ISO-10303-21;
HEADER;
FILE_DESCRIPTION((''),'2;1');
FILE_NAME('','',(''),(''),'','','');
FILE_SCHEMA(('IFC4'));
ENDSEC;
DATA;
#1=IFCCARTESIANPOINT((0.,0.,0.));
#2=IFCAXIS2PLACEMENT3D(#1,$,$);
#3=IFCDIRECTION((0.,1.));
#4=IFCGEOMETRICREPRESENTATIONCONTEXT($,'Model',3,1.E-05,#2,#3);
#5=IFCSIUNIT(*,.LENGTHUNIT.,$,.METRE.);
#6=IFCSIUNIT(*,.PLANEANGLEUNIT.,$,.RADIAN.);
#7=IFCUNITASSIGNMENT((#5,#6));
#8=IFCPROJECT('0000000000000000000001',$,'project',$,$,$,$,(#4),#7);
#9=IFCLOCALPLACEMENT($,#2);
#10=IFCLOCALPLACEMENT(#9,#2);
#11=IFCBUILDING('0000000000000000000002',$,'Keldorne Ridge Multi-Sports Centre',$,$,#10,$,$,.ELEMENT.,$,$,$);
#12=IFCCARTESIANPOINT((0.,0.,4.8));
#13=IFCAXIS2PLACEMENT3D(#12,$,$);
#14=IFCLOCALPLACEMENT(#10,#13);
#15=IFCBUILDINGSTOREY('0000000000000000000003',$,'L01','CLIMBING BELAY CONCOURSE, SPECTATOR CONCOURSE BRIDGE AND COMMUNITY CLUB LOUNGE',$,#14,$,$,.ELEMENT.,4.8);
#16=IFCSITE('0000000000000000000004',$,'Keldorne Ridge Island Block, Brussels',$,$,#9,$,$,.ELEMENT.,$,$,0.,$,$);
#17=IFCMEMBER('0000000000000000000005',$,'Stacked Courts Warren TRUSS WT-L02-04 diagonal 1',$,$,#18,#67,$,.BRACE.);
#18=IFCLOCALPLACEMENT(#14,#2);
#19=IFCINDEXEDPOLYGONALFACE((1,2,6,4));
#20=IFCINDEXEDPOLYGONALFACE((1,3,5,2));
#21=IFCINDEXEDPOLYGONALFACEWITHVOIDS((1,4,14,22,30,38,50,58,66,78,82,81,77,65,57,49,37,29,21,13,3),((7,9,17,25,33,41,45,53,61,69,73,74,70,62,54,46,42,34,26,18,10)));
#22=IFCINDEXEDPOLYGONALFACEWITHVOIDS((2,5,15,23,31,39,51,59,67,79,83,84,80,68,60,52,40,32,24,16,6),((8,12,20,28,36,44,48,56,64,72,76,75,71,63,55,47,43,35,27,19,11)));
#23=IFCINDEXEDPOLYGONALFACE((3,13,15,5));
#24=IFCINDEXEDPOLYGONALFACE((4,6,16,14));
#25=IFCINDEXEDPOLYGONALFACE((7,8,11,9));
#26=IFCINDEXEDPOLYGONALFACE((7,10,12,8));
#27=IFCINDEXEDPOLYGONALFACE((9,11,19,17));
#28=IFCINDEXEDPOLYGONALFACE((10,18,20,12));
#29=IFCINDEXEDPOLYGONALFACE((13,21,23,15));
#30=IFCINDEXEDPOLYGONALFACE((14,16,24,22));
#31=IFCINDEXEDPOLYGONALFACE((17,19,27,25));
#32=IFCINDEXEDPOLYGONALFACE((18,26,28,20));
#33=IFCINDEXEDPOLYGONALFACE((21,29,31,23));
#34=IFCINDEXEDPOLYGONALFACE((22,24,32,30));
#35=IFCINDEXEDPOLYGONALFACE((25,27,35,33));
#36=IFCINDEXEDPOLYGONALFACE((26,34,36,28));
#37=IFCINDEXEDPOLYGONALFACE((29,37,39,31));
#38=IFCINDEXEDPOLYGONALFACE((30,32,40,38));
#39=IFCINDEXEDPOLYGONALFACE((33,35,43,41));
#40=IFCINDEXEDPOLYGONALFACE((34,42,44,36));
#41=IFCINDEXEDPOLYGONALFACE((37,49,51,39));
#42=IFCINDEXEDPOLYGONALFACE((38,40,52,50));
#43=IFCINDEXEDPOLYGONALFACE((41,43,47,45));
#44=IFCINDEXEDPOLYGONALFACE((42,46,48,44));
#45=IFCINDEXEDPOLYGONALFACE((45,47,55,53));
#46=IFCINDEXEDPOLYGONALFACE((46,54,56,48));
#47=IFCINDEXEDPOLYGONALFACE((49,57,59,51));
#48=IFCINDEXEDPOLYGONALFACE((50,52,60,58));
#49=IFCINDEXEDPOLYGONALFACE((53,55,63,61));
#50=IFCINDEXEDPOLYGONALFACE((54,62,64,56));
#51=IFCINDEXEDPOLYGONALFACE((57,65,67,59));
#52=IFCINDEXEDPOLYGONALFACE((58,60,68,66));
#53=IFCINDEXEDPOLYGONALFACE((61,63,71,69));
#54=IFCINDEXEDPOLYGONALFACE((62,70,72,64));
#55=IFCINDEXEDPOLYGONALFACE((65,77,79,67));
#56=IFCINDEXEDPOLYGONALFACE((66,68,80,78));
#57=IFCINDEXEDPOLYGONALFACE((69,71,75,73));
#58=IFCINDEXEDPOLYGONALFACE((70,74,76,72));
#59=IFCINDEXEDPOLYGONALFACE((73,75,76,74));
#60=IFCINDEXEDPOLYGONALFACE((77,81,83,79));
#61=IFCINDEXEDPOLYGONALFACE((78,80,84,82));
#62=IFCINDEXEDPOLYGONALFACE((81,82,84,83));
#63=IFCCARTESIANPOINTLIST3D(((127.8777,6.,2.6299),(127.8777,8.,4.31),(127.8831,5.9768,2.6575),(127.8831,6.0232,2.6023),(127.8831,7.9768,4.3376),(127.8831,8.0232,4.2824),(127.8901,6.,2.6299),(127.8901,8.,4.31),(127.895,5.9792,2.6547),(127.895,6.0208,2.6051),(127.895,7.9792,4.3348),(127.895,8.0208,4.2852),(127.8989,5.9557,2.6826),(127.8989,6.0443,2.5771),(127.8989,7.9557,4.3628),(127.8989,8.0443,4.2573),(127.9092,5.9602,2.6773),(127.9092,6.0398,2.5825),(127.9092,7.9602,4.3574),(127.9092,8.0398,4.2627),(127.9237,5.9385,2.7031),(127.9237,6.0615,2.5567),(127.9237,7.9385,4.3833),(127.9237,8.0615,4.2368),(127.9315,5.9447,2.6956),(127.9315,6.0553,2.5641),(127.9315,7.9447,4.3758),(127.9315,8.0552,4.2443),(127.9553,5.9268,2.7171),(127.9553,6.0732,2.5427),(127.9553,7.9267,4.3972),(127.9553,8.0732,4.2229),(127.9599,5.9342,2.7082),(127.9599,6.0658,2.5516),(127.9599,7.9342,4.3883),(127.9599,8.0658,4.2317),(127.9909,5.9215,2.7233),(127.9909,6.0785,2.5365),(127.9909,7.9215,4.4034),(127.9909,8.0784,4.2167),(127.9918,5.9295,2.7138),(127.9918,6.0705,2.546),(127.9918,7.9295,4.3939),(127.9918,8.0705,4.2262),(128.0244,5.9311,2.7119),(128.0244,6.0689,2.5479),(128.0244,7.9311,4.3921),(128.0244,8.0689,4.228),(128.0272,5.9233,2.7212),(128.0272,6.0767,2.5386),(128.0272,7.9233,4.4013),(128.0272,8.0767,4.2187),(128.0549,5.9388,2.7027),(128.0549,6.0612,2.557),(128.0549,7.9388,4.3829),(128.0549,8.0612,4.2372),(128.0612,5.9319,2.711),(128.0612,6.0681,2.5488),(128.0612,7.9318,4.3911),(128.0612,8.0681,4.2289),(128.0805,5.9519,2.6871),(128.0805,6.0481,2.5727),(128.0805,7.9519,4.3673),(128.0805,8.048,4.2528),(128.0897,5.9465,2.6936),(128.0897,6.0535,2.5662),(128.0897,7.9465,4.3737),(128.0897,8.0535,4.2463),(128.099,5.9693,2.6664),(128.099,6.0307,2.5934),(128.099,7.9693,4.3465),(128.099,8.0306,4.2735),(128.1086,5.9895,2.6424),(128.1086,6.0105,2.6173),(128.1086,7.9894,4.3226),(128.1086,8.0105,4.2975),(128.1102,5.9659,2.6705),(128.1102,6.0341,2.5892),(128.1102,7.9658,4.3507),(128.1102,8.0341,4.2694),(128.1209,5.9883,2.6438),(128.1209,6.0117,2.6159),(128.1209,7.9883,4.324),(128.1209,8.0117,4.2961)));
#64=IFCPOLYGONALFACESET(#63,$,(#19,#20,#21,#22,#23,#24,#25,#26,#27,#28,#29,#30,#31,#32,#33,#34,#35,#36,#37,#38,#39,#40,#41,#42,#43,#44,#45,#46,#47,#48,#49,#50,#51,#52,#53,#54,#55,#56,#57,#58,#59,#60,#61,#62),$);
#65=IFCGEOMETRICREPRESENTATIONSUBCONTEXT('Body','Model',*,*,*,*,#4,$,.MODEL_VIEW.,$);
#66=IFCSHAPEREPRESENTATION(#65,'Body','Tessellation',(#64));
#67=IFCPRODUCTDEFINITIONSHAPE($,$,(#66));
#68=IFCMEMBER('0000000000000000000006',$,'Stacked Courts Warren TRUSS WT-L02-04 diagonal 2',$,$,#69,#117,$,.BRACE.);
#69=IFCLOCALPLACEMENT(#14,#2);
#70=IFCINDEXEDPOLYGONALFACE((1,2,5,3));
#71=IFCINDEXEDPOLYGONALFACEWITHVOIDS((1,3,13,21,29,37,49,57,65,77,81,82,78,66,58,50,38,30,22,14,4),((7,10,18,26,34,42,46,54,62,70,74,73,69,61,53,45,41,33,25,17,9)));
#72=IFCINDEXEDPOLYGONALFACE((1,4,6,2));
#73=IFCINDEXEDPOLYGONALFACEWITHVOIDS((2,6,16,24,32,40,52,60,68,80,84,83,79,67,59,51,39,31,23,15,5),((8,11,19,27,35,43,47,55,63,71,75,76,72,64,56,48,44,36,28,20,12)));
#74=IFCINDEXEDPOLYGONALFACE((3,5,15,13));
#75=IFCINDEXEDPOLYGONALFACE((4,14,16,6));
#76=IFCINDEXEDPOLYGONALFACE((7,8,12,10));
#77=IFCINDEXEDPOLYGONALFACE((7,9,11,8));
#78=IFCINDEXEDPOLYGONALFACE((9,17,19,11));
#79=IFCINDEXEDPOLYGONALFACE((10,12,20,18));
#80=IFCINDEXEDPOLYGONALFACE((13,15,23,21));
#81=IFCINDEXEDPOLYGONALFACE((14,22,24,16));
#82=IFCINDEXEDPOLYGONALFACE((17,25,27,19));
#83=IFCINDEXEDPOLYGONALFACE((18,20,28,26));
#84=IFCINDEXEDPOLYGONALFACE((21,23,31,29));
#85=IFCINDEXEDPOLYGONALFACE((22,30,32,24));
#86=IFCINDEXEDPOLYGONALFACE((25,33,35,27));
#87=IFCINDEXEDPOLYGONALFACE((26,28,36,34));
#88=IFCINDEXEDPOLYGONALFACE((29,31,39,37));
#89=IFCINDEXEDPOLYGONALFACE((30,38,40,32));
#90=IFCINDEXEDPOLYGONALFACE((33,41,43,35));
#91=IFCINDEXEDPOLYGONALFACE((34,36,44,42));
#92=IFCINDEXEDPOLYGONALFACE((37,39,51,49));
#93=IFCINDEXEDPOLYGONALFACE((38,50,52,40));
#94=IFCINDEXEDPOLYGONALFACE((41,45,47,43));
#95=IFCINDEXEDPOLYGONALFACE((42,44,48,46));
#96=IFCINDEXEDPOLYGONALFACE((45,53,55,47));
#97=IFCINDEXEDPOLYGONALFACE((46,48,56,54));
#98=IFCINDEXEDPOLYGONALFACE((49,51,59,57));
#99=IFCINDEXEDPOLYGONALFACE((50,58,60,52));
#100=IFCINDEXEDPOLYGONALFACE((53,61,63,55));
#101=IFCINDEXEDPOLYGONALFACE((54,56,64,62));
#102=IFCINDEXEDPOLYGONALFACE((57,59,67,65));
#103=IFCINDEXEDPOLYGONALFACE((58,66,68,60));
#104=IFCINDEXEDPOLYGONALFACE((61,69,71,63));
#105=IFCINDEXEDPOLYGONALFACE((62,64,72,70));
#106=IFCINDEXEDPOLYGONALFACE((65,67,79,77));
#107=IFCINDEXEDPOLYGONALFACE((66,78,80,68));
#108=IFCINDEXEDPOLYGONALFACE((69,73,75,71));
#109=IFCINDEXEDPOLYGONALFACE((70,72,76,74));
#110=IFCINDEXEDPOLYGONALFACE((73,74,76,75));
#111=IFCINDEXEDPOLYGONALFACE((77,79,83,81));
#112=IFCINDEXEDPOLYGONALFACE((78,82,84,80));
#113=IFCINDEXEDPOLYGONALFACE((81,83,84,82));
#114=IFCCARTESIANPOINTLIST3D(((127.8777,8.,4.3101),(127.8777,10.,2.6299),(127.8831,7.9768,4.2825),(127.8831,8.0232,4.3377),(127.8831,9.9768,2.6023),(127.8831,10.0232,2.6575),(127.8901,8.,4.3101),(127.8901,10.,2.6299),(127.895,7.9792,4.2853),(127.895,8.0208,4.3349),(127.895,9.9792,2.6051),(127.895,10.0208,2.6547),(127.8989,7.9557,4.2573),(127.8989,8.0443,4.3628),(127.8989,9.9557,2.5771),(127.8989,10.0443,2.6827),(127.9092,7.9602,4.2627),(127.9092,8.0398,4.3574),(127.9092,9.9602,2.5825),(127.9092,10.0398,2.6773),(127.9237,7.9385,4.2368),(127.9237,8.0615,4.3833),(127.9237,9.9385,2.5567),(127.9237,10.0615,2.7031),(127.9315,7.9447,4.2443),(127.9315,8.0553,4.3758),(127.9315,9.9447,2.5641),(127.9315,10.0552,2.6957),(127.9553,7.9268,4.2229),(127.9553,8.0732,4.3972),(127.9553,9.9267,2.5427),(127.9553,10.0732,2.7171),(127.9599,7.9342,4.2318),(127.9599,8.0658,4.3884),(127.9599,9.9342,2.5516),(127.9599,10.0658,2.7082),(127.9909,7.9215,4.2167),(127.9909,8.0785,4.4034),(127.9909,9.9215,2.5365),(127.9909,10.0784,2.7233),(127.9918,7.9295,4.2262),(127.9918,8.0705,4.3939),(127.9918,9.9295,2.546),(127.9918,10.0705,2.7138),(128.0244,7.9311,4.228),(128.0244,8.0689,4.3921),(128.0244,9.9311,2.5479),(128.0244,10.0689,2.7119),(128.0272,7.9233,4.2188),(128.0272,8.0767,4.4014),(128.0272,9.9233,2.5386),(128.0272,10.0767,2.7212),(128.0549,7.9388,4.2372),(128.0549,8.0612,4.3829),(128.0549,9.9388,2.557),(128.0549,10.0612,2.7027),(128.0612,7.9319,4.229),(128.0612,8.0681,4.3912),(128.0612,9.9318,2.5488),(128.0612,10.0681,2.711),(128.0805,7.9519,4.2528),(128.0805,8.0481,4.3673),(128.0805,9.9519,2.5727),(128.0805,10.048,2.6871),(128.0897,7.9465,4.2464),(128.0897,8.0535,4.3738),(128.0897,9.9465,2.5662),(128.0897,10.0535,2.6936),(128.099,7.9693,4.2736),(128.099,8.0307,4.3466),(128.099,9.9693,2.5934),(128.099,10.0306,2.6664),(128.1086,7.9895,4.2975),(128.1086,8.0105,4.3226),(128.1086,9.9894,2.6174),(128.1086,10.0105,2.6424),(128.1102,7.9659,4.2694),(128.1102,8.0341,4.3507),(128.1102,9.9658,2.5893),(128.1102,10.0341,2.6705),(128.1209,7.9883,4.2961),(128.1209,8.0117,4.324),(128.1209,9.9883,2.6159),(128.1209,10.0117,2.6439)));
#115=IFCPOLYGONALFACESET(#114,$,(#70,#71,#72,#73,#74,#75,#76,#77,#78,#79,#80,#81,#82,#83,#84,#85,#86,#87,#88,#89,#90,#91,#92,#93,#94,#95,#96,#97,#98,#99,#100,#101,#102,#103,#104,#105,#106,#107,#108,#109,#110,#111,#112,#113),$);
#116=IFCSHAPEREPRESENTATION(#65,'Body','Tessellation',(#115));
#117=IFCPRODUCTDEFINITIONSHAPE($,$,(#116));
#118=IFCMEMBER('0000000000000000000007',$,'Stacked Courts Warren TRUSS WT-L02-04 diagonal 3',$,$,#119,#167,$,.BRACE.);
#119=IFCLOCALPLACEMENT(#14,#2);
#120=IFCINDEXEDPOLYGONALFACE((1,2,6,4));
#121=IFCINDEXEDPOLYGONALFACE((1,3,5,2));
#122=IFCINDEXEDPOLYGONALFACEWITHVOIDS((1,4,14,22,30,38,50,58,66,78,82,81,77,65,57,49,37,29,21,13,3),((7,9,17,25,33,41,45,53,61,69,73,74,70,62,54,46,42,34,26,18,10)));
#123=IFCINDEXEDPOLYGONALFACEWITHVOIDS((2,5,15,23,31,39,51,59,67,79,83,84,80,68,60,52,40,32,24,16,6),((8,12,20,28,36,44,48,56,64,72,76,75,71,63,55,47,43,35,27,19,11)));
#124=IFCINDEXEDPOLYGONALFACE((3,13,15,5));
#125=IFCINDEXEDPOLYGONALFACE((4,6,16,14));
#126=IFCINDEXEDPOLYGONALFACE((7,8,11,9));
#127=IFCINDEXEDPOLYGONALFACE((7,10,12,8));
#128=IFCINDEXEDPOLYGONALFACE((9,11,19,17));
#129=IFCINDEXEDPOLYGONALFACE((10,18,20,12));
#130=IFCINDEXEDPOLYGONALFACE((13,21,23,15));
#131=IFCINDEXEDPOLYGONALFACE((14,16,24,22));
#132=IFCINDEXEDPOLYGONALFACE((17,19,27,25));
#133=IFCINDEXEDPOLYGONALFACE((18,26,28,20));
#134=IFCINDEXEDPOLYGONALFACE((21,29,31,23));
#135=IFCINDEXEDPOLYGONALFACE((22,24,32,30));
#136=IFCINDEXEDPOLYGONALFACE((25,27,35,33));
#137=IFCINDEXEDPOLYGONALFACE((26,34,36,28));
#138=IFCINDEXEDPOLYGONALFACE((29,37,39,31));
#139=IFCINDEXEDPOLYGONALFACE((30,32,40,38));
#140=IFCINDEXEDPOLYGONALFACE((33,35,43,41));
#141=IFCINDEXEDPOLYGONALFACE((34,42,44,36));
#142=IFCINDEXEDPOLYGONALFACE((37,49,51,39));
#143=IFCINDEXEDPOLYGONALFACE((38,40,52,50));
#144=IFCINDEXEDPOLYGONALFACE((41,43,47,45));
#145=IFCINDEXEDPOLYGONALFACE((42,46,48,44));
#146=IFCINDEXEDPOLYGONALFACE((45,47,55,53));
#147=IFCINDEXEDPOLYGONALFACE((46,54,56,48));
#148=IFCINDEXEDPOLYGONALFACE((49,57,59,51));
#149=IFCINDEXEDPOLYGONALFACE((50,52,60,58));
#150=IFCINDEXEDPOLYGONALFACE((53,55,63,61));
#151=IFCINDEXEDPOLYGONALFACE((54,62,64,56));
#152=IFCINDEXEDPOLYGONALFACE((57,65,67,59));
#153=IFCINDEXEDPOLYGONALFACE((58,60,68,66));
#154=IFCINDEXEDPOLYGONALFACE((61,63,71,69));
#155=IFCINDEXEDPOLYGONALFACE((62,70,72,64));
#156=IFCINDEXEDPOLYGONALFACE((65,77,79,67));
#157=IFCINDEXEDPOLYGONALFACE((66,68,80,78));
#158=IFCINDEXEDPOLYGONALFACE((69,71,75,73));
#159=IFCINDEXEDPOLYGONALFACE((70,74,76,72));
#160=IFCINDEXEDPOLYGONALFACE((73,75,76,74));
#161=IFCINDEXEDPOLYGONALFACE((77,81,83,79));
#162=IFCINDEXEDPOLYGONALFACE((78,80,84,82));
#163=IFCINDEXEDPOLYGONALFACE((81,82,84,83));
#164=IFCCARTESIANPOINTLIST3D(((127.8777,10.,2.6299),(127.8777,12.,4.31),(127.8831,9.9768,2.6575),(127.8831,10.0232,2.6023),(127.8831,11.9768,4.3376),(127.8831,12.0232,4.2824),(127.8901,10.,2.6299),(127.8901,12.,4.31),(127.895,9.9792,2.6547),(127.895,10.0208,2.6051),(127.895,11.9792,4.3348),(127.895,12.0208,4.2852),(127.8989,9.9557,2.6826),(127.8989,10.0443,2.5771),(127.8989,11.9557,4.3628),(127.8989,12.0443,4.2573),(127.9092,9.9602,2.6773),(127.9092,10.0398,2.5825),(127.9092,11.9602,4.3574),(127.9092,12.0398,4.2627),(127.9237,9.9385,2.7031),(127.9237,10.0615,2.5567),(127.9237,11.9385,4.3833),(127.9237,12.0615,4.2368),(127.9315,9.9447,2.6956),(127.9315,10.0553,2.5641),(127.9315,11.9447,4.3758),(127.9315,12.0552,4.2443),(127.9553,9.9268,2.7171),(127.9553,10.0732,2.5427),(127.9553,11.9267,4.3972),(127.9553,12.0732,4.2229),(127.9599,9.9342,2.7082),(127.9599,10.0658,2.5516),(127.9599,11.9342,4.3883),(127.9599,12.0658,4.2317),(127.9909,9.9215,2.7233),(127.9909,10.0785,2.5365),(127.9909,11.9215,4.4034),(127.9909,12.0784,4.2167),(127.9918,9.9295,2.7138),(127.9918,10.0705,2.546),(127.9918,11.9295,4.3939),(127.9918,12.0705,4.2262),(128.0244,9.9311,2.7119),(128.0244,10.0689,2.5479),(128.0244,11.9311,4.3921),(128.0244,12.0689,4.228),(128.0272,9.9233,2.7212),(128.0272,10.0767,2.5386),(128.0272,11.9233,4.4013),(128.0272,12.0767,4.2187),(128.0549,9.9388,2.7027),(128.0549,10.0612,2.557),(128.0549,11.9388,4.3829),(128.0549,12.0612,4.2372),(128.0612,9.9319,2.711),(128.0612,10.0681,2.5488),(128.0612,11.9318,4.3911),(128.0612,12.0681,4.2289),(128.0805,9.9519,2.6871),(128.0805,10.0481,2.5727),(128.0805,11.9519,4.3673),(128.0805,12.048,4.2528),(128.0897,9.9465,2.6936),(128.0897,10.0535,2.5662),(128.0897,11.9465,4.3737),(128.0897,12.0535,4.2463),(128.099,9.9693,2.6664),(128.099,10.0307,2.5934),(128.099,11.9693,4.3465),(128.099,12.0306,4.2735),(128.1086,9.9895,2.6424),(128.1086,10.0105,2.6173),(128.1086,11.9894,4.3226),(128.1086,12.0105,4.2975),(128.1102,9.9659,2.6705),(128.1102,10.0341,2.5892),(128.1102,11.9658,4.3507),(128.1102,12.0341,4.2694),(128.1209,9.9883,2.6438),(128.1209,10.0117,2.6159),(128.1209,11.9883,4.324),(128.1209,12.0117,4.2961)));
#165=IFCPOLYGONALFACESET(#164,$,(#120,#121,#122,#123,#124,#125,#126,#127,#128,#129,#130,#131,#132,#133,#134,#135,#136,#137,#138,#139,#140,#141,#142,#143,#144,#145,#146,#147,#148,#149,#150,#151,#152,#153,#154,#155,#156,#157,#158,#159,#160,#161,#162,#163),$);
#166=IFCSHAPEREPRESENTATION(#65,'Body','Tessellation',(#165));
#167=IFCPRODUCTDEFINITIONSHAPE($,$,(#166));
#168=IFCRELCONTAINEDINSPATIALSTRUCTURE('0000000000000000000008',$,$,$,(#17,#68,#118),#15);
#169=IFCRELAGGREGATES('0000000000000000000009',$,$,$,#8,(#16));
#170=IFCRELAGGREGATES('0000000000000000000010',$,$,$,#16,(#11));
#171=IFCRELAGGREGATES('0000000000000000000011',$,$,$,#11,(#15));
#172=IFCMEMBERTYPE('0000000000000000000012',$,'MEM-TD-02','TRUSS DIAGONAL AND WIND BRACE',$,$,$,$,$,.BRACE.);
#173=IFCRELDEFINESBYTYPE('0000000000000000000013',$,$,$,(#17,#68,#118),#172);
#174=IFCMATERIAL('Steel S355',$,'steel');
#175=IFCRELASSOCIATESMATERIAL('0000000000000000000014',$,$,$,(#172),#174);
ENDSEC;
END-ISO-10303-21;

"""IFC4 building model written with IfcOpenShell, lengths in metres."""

from ifc_helpers import new_model, si_unit, direction, frame, origin, origin_2d, place, context, subcontext, project, spatial, hollow_circle, extrude, material, material_profile, profile_set, type_object, element, save


model = new_model("IFC4")

# Units and contexts
model_context = context("Model", 3, precision=1e-05, world=origin(), true_north=direction((0.0, 1.0)))
body_context = subcontext(model_context, "Body", "Model", "MODEL_VIEW")
ifc_project = project(units=[si_unit("LENGTHUNIT", "METRE"), si_unit("PLANEANGLEUNIT", "RADIAN")], contexts=[model_context])

# Site, building, storey
site_placement = place(None, origin())
site = spatial("IfcSite", under=ifc_project, at=site_placement, Name="Keldorne Ridge Island Block, Brussels", CompositionType="ELEMENT", RefElevation=0.0)
building_placement = place(site_placement, origin())
building = spatial("IfcBuilding", under=site, at=building_placement, Name="Keldorne Ridge Multi-Sports Centre", CompositionType="ELEMENT")
storey_placement = place(building_placement, frame((0.0, 0.0, 4.8)))
storey = spatial("IfcBuildingStorey", under=building, at=storey_placement, Name="L01", Description="CLIMBING BELAY CONCOURSE, SPECTATOR CONCOURSE BRIDGE AND COMMUNITY CLUB LOUNGE", CompositionType="ELEMENT", Elevation=4.8)

# Shared definitions
ifc_material_1 = material(Name="Steel S355", Category="steel")

# Members
ifc_material_profile_1 = material_profile(ifc_material_1, hollow_circle(Radius=0.1223, WallThickness=0.0125, at=origin_2d()), Name="CHS 244.5x12.5")
ifc_profile_set_1 = profile_set([ifc_material_profile_1], Name="Steel S355")
member_type_1 = type_object("IfcMemberType", Name="MEM-TD-02", Description="TRUSS DIAGONAL AND WIND BRACE", PredefinedType="BRACE", material=ifc_profile_set_1)
for number, where, z_axis, x_axis, name in (
    (1, (128.0, 6.0, 2.6299), (0.0, 0.765672, 0.643232), (-1.0, 0.0, 0.0), "Stacked Courts Warren TRUSS WT-L02-04 diagonal 1"),
    (2, (128.0, 8.0, 4.3101), (0.0, 0.765672, -0.643232), (-1.0, 0.0, 0.0), "Stacked Courts Warren TRUSS WT-L02-04 diagonal 2"),
    (3, (128.0, 10.0, 2.6299), (0.0, 0.765672, 0.643232), (-1.0, 0.0, 0.0), "Stacked Courts Warren TRUSS WT-L02-04 diagonal 3"),
):
    element("IfcMember", number, at=place(storey_placement, frame(where, z_axis=z_axis, x_axis=x_axis)), inside=storey, type_object=member_type_1, Name=name, PredefinedType="BRACE", context=body_context, shape_type="SweptSolid", body=[
        extrude(hollow_circle(Radius=0.1223, WallThickness=0.0125, at=origin_2d()), origin(), (0.0, 0.0, 1.0), 2.6121),
    ])

save(model, "model.ifc")
